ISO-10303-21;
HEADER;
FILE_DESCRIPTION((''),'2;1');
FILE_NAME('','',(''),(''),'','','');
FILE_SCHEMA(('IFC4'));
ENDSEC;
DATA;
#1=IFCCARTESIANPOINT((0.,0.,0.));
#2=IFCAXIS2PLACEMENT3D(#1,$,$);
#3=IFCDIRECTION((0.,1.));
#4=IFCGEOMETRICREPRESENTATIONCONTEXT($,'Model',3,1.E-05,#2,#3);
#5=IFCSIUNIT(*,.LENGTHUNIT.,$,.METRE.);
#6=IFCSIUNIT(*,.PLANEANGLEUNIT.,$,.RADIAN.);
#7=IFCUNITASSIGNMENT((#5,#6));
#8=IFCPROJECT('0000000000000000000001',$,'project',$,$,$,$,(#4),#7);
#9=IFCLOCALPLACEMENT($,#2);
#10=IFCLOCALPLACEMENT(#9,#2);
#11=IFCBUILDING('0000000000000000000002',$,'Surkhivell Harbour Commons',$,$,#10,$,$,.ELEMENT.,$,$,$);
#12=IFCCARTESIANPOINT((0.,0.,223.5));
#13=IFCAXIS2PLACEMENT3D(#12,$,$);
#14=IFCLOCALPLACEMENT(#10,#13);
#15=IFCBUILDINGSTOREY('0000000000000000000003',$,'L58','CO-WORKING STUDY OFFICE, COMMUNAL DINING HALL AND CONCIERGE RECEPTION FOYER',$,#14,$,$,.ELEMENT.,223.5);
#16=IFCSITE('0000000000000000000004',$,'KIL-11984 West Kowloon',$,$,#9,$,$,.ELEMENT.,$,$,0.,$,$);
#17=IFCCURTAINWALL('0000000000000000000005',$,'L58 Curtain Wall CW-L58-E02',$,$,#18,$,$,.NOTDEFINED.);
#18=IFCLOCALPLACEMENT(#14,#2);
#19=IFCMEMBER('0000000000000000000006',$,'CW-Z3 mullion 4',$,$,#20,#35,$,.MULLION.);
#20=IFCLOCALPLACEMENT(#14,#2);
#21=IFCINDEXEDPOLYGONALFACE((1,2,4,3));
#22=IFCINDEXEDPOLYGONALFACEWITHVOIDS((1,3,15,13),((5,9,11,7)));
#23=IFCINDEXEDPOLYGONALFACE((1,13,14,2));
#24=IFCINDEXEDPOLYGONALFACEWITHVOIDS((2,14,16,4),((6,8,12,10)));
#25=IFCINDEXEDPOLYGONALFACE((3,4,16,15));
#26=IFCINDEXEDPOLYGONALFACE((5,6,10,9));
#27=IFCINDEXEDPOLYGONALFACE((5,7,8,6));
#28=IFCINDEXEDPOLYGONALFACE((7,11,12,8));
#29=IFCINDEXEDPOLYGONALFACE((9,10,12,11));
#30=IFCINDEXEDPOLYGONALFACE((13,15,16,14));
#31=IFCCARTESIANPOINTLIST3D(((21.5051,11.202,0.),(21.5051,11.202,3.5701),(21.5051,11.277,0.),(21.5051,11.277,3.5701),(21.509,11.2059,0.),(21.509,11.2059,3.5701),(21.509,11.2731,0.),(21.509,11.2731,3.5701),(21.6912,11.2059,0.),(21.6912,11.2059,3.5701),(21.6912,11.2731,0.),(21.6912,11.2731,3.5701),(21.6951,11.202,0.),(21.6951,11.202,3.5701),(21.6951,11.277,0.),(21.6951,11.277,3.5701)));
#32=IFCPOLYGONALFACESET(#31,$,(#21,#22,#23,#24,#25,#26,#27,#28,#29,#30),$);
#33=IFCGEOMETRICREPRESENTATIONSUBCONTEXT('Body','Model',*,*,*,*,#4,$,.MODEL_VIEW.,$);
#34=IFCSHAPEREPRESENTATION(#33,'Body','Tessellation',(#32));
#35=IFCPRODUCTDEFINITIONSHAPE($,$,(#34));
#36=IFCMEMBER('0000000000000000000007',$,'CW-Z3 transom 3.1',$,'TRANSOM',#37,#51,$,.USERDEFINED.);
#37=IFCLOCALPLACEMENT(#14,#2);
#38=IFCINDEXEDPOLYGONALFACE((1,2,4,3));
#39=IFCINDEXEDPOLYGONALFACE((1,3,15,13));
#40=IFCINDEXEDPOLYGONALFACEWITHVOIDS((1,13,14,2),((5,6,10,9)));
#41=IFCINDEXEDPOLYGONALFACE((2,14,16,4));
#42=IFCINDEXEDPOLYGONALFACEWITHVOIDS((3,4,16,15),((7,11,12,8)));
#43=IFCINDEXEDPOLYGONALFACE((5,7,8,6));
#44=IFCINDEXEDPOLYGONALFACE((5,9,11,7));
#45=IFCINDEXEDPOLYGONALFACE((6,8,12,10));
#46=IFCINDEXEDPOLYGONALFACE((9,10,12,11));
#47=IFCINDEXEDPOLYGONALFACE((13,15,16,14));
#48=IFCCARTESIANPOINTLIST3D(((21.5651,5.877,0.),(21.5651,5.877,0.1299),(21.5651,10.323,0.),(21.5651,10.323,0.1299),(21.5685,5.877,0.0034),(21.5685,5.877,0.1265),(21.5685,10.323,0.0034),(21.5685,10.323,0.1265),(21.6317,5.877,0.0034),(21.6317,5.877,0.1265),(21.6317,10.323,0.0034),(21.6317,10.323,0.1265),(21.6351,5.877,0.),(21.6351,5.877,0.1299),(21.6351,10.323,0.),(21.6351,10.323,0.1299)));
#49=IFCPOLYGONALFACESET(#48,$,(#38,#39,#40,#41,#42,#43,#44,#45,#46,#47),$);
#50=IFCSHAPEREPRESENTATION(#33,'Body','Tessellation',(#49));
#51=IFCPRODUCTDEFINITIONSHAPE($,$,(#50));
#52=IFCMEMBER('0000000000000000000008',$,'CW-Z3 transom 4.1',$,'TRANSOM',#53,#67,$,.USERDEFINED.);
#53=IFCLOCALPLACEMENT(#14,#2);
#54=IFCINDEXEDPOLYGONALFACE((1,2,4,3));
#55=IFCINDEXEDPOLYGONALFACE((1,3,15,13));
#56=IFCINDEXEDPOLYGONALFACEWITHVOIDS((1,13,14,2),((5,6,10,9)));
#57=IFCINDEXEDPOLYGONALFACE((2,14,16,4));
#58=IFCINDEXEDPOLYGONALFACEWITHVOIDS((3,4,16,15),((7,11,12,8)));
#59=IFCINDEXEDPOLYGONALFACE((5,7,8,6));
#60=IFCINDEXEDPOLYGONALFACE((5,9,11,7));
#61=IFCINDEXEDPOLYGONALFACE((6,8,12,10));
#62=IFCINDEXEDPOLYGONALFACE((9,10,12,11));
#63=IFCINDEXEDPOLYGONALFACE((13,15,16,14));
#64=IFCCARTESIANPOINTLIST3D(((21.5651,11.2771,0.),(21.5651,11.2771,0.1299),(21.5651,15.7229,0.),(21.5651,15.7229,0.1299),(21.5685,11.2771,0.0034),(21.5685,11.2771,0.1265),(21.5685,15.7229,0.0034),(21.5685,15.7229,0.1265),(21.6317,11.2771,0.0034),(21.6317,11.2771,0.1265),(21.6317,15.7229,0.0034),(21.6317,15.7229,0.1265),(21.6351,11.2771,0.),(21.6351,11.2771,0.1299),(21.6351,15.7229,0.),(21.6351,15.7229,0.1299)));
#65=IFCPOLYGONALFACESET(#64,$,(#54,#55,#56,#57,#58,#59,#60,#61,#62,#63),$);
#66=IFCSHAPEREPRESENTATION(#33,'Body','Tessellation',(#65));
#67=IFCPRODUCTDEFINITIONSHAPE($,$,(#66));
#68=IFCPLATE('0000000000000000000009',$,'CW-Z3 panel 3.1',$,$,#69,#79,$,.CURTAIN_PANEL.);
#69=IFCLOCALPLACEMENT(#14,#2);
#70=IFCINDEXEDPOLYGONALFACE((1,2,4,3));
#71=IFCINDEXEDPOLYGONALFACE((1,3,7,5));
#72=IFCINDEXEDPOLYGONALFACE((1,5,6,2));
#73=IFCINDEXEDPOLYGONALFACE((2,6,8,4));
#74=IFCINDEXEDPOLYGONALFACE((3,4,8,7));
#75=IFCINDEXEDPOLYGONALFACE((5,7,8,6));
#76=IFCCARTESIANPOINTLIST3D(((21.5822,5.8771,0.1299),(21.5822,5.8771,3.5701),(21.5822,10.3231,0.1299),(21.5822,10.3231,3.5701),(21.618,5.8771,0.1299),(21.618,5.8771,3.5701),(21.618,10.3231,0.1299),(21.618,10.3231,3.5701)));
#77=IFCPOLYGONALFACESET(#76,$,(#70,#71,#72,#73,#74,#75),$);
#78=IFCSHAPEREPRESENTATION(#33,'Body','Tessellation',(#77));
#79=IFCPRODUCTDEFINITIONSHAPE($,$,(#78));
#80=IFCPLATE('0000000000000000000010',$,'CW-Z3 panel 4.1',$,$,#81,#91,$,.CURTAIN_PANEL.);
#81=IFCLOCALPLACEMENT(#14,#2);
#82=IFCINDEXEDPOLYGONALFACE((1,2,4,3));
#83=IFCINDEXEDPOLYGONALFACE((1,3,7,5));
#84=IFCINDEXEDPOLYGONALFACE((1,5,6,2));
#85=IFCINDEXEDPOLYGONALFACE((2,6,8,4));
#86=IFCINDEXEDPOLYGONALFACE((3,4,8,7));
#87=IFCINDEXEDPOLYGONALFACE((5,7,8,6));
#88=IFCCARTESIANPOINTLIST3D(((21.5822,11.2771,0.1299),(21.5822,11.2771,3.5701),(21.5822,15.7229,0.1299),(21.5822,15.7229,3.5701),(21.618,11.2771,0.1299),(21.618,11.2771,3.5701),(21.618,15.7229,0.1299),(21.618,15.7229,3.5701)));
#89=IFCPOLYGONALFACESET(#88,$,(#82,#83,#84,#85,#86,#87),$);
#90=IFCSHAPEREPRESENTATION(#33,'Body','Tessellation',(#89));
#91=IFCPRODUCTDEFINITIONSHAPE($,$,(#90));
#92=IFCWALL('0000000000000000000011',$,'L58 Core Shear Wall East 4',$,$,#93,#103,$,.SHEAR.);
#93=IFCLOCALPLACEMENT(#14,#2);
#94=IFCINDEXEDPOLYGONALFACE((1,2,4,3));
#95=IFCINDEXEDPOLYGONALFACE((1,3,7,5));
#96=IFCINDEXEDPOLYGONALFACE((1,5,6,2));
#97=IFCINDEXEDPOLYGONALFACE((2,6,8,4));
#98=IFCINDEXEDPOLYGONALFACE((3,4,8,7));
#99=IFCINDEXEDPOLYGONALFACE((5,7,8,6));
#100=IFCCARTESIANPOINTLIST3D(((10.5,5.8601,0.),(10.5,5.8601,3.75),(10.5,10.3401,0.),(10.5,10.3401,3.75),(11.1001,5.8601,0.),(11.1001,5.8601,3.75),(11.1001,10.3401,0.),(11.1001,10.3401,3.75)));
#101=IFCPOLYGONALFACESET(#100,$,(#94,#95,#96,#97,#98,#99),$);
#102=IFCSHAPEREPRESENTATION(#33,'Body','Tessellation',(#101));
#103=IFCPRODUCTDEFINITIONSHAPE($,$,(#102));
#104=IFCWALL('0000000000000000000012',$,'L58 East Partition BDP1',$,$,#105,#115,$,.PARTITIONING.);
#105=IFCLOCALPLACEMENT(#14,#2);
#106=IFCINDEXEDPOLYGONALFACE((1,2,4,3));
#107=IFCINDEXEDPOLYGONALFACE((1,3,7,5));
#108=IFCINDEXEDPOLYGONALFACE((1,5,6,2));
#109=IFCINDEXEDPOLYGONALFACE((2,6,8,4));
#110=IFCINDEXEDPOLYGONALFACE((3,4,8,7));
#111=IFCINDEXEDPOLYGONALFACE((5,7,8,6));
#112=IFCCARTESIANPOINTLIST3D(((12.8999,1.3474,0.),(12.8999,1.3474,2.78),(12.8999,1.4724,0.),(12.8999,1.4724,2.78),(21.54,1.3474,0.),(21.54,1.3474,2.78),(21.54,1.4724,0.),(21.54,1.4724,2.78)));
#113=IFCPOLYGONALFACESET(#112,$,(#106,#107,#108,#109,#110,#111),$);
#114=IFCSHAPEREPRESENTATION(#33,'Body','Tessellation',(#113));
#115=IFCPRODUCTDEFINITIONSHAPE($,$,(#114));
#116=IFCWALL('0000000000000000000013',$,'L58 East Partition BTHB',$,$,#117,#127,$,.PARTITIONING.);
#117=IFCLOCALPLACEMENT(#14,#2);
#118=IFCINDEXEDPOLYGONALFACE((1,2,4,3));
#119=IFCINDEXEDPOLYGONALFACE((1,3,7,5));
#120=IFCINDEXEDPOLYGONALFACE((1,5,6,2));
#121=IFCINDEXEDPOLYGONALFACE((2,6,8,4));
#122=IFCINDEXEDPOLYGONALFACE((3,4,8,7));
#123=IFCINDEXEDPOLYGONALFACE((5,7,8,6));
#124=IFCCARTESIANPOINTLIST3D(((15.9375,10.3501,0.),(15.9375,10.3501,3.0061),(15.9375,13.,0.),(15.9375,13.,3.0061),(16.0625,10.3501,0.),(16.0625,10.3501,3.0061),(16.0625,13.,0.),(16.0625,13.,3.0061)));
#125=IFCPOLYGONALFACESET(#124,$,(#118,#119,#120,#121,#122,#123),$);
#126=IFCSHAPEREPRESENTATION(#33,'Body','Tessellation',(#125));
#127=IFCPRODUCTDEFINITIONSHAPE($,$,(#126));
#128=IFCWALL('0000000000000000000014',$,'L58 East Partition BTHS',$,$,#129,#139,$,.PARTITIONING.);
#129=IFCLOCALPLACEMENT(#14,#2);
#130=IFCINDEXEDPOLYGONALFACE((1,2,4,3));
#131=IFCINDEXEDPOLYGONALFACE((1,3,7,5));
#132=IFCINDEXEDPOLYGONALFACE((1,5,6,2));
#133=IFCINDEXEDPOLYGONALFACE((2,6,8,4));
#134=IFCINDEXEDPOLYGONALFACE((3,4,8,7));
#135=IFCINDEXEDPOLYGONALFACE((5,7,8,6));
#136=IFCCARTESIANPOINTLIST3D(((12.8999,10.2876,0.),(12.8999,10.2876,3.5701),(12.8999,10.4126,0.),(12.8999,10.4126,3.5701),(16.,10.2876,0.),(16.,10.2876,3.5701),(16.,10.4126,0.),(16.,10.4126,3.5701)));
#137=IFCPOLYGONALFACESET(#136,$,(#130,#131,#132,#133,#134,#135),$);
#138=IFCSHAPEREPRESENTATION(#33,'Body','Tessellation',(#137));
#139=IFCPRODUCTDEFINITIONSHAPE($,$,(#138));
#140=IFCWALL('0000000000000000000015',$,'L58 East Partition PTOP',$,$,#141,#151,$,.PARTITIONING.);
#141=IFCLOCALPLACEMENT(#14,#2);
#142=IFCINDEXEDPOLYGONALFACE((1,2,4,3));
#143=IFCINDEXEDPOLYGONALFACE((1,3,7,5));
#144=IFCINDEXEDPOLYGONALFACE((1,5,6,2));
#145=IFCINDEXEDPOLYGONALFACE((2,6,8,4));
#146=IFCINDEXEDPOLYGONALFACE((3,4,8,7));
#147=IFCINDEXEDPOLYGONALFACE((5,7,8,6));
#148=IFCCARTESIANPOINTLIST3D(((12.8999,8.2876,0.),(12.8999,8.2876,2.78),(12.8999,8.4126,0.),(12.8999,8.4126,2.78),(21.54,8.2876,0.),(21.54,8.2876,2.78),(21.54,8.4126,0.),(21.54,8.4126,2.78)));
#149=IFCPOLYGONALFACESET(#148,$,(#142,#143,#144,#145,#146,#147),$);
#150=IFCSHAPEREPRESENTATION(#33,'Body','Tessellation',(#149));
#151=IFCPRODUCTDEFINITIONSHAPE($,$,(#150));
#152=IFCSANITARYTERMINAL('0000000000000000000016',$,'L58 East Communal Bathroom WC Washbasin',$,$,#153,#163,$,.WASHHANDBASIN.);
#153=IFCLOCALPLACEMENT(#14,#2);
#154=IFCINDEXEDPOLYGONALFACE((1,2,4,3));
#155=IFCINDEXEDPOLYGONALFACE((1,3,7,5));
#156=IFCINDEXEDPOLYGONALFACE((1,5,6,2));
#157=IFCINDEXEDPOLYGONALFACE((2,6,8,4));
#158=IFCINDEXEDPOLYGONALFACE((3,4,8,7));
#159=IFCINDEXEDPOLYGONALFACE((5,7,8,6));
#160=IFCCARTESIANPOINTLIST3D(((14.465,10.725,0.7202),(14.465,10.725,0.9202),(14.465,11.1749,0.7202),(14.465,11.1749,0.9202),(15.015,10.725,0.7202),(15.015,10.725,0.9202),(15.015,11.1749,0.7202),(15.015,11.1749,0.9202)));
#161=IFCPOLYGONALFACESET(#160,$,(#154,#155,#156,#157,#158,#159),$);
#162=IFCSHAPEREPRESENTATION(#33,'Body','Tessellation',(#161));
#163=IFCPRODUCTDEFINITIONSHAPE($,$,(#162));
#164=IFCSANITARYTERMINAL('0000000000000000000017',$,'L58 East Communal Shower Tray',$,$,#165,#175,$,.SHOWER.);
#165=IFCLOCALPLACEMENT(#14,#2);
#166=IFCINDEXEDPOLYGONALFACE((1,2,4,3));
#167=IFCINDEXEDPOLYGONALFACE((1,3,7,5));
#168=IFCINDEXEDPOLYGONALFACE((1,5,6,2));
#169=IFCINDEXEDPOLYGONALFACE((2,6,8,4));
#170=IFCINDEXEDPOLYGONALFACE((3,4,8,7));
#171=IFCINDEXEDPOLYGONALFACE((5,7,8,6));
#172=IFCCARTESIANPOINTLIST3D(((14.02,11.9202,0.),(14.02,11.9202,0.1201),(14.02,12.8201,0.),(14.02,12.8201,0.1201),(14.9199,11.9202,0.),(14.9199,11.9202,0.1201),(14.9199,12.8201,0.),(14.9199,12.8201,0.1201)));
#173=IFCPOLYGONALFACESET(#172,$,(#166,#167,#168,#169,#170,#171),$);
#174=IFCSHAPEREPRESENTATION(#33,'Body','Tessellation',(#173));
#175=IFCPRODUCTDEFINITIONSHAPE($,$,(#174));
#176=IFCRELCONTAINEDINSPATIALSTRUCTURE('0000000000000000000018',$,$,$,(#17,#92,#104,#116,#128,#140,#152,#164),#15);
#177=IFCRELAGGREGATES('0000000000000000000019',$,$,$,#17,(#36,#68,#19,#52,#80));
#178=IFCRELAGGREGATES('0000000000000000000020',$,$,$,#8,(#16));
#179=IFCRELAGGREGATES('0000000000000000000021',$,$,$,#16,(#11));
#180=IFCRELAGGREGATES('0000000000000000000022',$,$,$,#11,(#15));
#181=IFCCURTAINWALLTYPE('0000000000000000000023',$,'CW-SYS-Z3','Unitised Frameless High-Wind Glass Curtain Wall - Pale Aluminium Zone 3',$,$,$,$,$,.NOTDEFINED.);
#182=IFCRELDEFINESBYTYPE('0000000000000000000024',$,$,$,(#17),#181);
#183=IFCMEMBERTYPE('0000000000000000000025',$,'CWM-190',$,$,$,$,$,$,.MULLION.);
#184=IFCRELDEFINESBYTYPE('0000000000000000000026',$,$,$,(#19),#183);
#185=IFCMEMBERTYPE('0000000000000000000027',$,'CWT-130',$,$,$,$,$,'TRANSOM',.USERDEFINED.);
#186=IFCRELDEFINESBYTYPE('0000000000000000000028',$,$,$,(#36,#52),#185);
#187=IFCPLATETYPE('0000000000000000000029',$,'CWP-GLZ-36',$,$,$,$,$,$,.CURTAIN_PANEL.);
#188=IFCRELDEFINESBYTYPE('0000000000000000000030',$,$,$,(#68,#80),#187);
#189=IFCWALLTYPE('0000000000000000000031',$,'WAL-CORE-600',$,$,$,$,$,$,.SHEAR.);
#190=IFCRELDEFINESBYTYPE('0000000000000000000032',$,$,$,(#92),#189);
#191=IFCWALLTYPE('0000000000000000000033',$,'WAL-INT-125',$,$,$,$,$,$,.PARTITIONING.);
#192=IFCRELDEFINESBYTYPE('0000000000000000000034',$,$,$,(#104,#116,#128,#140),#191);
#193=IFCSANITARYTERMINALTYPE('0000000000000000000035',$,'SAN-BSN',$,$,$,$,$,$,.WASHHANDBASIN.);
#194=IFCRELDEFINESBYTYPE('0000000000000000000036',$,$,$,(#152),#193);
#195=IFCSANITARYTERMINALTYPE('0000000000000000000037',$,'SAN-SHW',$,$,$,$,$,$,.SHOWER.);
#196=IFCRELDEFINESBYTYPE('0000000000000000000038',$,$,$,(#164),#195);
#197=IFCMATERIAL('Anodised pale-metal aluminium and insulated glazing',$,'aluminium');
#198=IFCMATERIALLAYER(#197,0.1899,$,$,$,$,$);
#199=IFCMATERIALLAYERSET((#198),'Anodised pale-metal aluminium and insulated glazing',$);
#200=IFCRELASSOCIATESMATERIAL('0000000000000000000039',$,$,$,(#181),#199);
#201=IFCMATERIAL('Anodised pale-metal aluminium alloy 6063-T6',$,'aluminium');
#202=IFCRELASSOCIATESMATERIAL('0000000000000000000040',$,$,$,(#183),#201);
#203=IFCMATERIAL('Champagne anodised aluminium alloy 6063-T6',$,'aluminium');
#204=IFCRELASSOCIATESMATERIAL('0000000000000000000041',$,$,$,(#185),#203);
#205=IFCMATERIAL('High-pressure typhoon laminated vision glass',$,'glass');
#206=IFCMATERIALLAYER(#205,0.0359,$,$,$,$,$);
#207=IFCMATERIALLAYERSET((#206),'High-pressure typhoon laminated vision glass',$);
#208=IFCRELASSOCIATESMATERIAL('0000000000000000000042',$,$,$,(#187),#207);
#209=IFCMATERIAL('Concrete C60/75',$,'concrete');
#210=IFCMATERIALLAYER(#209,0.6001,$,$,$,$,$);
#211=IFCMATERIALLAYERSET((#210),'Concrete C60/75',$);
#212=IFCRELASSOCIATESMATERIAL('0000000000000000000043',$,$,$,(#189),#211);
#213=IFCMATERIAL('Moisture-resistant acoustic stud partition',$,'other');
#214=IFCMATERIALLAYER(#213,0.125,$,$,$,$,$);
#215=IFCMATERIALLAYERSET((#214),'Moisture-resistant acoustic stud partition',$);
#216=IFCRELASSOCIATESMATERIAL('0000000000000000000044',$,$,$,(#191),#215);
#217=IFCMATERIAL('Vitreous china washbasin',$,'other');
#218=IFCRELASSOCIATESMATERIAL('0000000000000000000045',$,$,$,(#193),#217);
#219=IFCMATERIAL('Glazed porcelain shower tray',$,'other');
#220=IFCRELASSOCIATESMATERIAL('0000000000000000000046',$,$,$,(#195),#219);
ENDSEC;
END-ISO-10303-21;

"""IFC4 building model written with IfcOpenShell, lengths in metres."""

from ifc_helpers import new_model, si_unit, direction, frame, frame_2d, origin, origin_2d, place, context, subcontext, project, spatial, rectangle, hollow_rectangle, extrude, material, layer, layer_set, material_profile, profile_set, type_object, element, aggregate, save


model = new_model("IFC4")

# Units and contexts
model_context = context("Model", 3, precision=1e-05, world=origin(), true_north=direction((0.0, 1.0)))
body_context = subcontext(model_context, "Body", "Model", "MODEL_VIEW")
ifc_project = project(units=[si_unit("LENGTHUNIT", "METRE"), si_unit("PLANEANGLEUNIT", "RADIAN")], contexts=[model_context])

# Site, building, storey
site_placement = place(None, origin())
site = spatial("IfcSite", under=ifc_project, at=site_placement, Name="KIL-11984 West Kowloon", CompositionType="ELEMENT", RefElevation=0.0)
building_placement = place(site_placement, origin())
building = spatial("IfcBuilding", under=site, at=building_placement, Name="Surkhivell Harbour Commons", CompositionType="ELEMENT")
storey_placement = place(building_placement, frame((0.0, 0.0, 223.5)))
storey = spatial("IfcBuildingStorey", under=building, at=storey_placement, Name="L58", Description="CO-WORKING STUDY OFFICE, COMMUNAL DINING HALL AND CONCIERGE RECEPTION FOYER", CompositionType="ELEMENT", Elevation=223.5)

# Shared definitions
ifc_material_1 = material(Name="Concrete C60/75", Category="concrete")

# Curtain wall, members, plates
ifc_material_2 = material(Name="Anodised pale-metal aluminium and insulated glazing", Category="aluminium")
ifc_layer_1 = layer(ifc_material_2, 0.1899)
ifc_layer_set_1 = layer_set([ifc_layer_1], Name="Anodised pale-metal aluminium and insulated glazing")
curtain_wall_type = type_object("IfcCurtainWallType", Name="CW-SYS-Z3", Description="Unitised Frameless High-Wind Glass Curtain Wall - Pale Aluminium Zone 3", PredefinedType="NOTDEFINED", material=ifc_layer_set_1)
curtain_wall_placement = place(storey_placement, origin())
curtain_wall = element("IfcCurtainWall", 1, at=curtain_wall_placement, inside=storey, type_object=curtain_wall_type, Name="L58 Curtain Wall CW-L58-E02", PredefinedType="NOTDEFINED")
ifc_material_3 = material(Name="Anodised pale-metal aluminium alloy 6063-T6", Category="aluminium")
ifc_material_profile_1 = material_profile(ifc_material_3, hollow_rectangle(XDim=0.075, YDim=0.1899, WallThickness=0.0039, at=origin_2d()), Name="ALU-MULL-75x190")
ifc_profile_set_1 = profile_set([ifc_material_profile_1], Name="Anodised pale-metal aluminium alloy 6063-T6")
member_type_1 = type_object("IfcMemberType", Name="CWM-190", PredefinedType="MULLION", material=ifc_profile_set_1)
member_1_placement = place(storey_placement, frame((21.6001, 11.2395, 0.0), z_axis=(0.0, 0.0, 1.0), x_axis=(0.0, 1.0, 0.0)))
member_1 = element("IfcMember", 2, at=member_1_placement, type_object=member_type_1, Name="CW-Z3 mullion 4", PredefinedType="MULLION", context=body_context, shape_type="SweptSolid", body=[
    extrude(hollow_rectangle(XDim=0.075, YDim=0.1899, WallThickness=0.0039, at=origin_2d()), origin(), (0.0, 0.0, 1.0), 3.5701),
])
ifc_material_4 = material(Name="Champagne anodised aluminium alloy 6063-T6", Category="aluminium")
ifc_material_profile_2 = material_profile(ifc_material_4, hollow_rectangle(XDim=0.0701, YDim=0.1299, WallThickness=0.0034, at=origin_2d()), Name="ALU-TRAN-70x130")
ifc_profile_set_2 = profile_set([ifc_material_profile_2], Name="Champagne anodised aluminium alloy 6063-T6")
member_type_2 = type_object("IfcMemberType", Name="CWT-130", ElementType="TRANSOM", PredefinedType="USERDEFINED", material=ifc_profile_set_2)
member_2_placement = place(storey_placement, frame((21.6001, 5.877, 0.0649), z_axis=(0.0, 1.0, 0.0), x_axis=(-1.0, 0.0, 0.0)))
member_2 = element("IfcMember", 3, at=member_2_placement, type_object=member_type_2, Name="CW-Z3 transom 3.1", ObjectType="TRANSOM", PredefinedType="USERDEFINED", context=body_context, shape_type="SweptSolid", body=[
    extrude(hollow_rectangle(XDim=0.0701, YDim=0.1299, WallThickness=0.0034, at=origin_2d()), origin(), (0.0, 0.0, 1.0), 4.446),
])
member_3_placement = place(storey_placement, frame((21.6001, 11.2771, 0.0649), z_axis=(0.0, 1.0, 0.0), x_axis=(-1.0, 0.0, 0.0)))
member_3 = element("IfcMember", 4, at=member_3_placement, type_object=member_type_2, Name="CW-Z3 transom 4.1", ObjectType="TRANSOM", PredefinedType="USERDEFINED", context=body_context, shape_type="SweptSolid", body=[
    extrude(hollow_rectangle(XDim=0.0701, YDim=0.1299, WallThickness=0.0034, at=origin_2d()), origin(), (0.0, 0.0, 1.0), 4.4458),
])
ifc_material_5 = material(Name="High-pressure typhoon laminated vision glass", Category="glass")
ifc_layer_2 = layer(ifc_material_5, 0.0359)
ifc_layer_set_2 = layer_set([ifc_layer_2], Name="High-pressure typhoon laminated vision glass")
plate_type = type_object("IfcPlateType", Name="CWP-GLZ-36", PredefinedType="CURTAIN_PANEL", material=ifc_layer_set_2)
plate_1_placement = place(storey_placement, frame((21.6001, 5.877, 0.1299), z_axis=(0.0, 0.0, 1.0), x_axis=(0.0, 1.0, 0.0)))
plate_1 = element("IfcPlate", 5, at=plate_1_placement, type_object=plate_type, Name="CW-Z3 panel 3.1", PredefinedType="CURTAIN_PANEL", context=body_context, shape_type="SweptSolid", body=[
    extrude(rectangle(XDim=4.446, YDim=0.0359, at=frame_2d((2.2231, 0.0))), origin(), (0.0, 0.0, 1.0), 3.4402),
])
plate_2_placement = place(storey_placement, frame((21.6001, 11.2771, 0.1299), z_axis=(0.0, 0.0, 1.0), x_axis=(0.0, 1.0, 0.0)))
plate_2 = element("IfcPlate", 6, at=plate_2_placement, type_object=plate_type, Name="CW-Z3 panel 4.1", PredefinedType="CURTAIN_PANEL", context=body_context, shape_type="SweptSolid", body=[
    extrude(rectangle(XDim=4.4458, YDim=0.0359, at=frame_2d((2.2229, 0.0))), origin(), (0.0, 0.0, 1.0), 3.4402),
])
aggregate(curtain_wall, [member_2, plate_1, member_1, member_3, plate_2])

# Walls
ifc_layer_3 = layer(ifc_material_1, 0.6001)
ifc_layer_set_3 = layer_set([ifc_layer_3], Name="Concrete C60/75")
wall_type_1 = type_object("IfcWallType", Name="WAL-CORE-600", PredefinedType="SHEAR", material=ifc_layer_set_3)
wall_1_placement = place(storey_placement, frame((10.8, 5.8601, 0.0), z_axis=(0.0, 0.0, 1.0), x_axis=(0.0, 1.0, 0.0)))
element("IfcWall", 7, at=wall_1_placement, inside=storey, type_object=wall_type_1, Name="L58 Core Shear Wall East 4", PredefinedType="SHEAR", context=body_context, shape_type="SweptSolid", body=[
    extrude(rectangle(XDim=4.48, YDim=0.6001, at=frame_2d((2.24, 0.0))), origin(), (0.0, 0.0, 1.0), 3.75),
])
ifc_material_6 = material(Name="Moisture-resistant acoustic stud partition", Category="other")
ifc_layer_4 = layer(ifc_material_6, 0.125)
ifc_layer_set_4 = layer_set([ifc_layer_4], Name="Moisture-resistant acoustic stud partition")
wall_type_2 = type_object("IfcWallType", Name="WAL-INT-125", PredefinedType="PARTITIONING", material=ifc_layer_set_4)
wall_2_placement = place(storey_placement, frame((12.8999, 1.4099, 0.0), z_axis=(0.0, 0.0, 1.0), x_axis=(1.0, 0.0, 0.0)))
element("IfcWall", 8, at=wall_2_placement, inside=storey, type_object=wall_type_2, Name="L58 East Partition BDP1", PredefinedType="PARTITIONING", context=body_context, shape_type="SweptSolid", body=[
    extrude(rectangle(XDim=8.6401, YDim=0.125, at=frame_2d((4.3201, 0.0))), origin(), (0.0, 0.0, 1.0), 2.78),
])
wall_3_placement = place(storey_placement, frame((16.0, 10.3501, 0.0), z_axis=(0.0, 0.0, 1.0), x_axis=(0.0, 1.0, 0.0)))
element("IfcWall", 9, at=wall_3_placement, inside=storey, type_object=wall_type_2, Name="L58 East Partition BTHB", PredefinedType="PARTITIONING", context=body_context, shape_type="SweptSolid", body=[
    extrude(rectangle(XDim=2.6499, YDim=0.125, at=frame_2d((1.325, 0.0))), origin(), (0.0, 0.0, 1.0), 3.0061),
])
wall_4_placement = place(storey_placement, frame((12.8999, 10.3501, 0.0), z_axis=(0.0, 0.0, 1.0), x_axis=(1.0, 0.0, 0.0)))
element("IfcWall", 10, at=wall_4_placement, inside=storey, type_object=wall_type_2, Name="L58 East Partition BTHS", PredefinedType="PARTITIONING", context=body_context, shape_type="SweptSolid", body=[
    extrude(rectangle(XDim=3.1001, YDim=0.125, at=frame_2d((1.55, 0.0))), origin(), (0.0, 0.0, 1.0), 3.5701),
])
wall_5_placement = place(storey_placement, frame((12.8999, 8.3501, 0.0), z_axis=(0.0, 0.0, 1.0), x_axis=(1.0, 0.0, 0.0)))
element("IfcWall", 11, at=wall_5_placement, inside=storey, type_object=wall_type_2, Name="L58 East Partition PTOP", PredefinedType="PARTITIONING", context=body_context, shape_type="SweptSolid", body=[
    extrude(rectangle(XDim=8.6401, YDim=0.125, at=frame_2d((4.3201, 0.0))), origin(), (0.0, 0.0, 1.0), 2.78),
])

# Sanitary terminals
ifc_material_7 = material(Name="Vitreous china washbasin", Category="other")
sanitary_terminal_type_1 = type_object("IfcSanitaryTerminalType", Name="SAN-BSN", PredefinedType="WASHHANDBASIN", material=ifc_material_7)
sanitary_terminal_1_placement = place(storey_placement, frame((14.74, 10.95, 0.7202), z_axis=(0.0, 0.0, 1.0), x_axis=(1.0, 0.0, 0.0)))
element("IfcSanitaryTerminal", 12, at=sanitary_terminal_1_placement, inside=storey, type_object=sanitary_terminal_type_1, Name="L58 East Communal Bathroom WC Washbasin", PredefinedType="WASHHANDBASIN", context=body_context, shape_type="SweptSolid", body=[
    extrude(rectangle(XDim=0.55, YDim=0.45, at=origin_2d()), origin(), (0.0, 0.0, 1.0), 0.2),
])
ifc_material_8 = material(Name="Glazed porcelain shower tray", Category="other")
sanitary_terminal_type_2 = type_object("IfcSanitaryTerminalType", Name="SAN-SHW", PredefinedType="SHOWER", material=ifc_material_8)
sanitary_terminal_2_placement = place(storey_placement, frame((14.47, 12.3701, 0.0), z_axis=(0.0, 0.0, 1.0), x_axis=(1.0, 0.0, 0.0)))
element("IfcSanitaryTerminal", 13, at=sanitary_terminal_2_placement, inside=storey, type_object=sanitary_terminal_type_2, Name="L58 East Communal Shower Tray", PredefinedType="SHOWER", context=body_context, shape_type="SweptSolid", body=[
    extrude(rectangle(XDim=0.8999, YDim=0.8999, at=origin_2d()), origin(), (0.0, 0.0, 1.0), 0.1201),
])

save(model, "model.ifc")
